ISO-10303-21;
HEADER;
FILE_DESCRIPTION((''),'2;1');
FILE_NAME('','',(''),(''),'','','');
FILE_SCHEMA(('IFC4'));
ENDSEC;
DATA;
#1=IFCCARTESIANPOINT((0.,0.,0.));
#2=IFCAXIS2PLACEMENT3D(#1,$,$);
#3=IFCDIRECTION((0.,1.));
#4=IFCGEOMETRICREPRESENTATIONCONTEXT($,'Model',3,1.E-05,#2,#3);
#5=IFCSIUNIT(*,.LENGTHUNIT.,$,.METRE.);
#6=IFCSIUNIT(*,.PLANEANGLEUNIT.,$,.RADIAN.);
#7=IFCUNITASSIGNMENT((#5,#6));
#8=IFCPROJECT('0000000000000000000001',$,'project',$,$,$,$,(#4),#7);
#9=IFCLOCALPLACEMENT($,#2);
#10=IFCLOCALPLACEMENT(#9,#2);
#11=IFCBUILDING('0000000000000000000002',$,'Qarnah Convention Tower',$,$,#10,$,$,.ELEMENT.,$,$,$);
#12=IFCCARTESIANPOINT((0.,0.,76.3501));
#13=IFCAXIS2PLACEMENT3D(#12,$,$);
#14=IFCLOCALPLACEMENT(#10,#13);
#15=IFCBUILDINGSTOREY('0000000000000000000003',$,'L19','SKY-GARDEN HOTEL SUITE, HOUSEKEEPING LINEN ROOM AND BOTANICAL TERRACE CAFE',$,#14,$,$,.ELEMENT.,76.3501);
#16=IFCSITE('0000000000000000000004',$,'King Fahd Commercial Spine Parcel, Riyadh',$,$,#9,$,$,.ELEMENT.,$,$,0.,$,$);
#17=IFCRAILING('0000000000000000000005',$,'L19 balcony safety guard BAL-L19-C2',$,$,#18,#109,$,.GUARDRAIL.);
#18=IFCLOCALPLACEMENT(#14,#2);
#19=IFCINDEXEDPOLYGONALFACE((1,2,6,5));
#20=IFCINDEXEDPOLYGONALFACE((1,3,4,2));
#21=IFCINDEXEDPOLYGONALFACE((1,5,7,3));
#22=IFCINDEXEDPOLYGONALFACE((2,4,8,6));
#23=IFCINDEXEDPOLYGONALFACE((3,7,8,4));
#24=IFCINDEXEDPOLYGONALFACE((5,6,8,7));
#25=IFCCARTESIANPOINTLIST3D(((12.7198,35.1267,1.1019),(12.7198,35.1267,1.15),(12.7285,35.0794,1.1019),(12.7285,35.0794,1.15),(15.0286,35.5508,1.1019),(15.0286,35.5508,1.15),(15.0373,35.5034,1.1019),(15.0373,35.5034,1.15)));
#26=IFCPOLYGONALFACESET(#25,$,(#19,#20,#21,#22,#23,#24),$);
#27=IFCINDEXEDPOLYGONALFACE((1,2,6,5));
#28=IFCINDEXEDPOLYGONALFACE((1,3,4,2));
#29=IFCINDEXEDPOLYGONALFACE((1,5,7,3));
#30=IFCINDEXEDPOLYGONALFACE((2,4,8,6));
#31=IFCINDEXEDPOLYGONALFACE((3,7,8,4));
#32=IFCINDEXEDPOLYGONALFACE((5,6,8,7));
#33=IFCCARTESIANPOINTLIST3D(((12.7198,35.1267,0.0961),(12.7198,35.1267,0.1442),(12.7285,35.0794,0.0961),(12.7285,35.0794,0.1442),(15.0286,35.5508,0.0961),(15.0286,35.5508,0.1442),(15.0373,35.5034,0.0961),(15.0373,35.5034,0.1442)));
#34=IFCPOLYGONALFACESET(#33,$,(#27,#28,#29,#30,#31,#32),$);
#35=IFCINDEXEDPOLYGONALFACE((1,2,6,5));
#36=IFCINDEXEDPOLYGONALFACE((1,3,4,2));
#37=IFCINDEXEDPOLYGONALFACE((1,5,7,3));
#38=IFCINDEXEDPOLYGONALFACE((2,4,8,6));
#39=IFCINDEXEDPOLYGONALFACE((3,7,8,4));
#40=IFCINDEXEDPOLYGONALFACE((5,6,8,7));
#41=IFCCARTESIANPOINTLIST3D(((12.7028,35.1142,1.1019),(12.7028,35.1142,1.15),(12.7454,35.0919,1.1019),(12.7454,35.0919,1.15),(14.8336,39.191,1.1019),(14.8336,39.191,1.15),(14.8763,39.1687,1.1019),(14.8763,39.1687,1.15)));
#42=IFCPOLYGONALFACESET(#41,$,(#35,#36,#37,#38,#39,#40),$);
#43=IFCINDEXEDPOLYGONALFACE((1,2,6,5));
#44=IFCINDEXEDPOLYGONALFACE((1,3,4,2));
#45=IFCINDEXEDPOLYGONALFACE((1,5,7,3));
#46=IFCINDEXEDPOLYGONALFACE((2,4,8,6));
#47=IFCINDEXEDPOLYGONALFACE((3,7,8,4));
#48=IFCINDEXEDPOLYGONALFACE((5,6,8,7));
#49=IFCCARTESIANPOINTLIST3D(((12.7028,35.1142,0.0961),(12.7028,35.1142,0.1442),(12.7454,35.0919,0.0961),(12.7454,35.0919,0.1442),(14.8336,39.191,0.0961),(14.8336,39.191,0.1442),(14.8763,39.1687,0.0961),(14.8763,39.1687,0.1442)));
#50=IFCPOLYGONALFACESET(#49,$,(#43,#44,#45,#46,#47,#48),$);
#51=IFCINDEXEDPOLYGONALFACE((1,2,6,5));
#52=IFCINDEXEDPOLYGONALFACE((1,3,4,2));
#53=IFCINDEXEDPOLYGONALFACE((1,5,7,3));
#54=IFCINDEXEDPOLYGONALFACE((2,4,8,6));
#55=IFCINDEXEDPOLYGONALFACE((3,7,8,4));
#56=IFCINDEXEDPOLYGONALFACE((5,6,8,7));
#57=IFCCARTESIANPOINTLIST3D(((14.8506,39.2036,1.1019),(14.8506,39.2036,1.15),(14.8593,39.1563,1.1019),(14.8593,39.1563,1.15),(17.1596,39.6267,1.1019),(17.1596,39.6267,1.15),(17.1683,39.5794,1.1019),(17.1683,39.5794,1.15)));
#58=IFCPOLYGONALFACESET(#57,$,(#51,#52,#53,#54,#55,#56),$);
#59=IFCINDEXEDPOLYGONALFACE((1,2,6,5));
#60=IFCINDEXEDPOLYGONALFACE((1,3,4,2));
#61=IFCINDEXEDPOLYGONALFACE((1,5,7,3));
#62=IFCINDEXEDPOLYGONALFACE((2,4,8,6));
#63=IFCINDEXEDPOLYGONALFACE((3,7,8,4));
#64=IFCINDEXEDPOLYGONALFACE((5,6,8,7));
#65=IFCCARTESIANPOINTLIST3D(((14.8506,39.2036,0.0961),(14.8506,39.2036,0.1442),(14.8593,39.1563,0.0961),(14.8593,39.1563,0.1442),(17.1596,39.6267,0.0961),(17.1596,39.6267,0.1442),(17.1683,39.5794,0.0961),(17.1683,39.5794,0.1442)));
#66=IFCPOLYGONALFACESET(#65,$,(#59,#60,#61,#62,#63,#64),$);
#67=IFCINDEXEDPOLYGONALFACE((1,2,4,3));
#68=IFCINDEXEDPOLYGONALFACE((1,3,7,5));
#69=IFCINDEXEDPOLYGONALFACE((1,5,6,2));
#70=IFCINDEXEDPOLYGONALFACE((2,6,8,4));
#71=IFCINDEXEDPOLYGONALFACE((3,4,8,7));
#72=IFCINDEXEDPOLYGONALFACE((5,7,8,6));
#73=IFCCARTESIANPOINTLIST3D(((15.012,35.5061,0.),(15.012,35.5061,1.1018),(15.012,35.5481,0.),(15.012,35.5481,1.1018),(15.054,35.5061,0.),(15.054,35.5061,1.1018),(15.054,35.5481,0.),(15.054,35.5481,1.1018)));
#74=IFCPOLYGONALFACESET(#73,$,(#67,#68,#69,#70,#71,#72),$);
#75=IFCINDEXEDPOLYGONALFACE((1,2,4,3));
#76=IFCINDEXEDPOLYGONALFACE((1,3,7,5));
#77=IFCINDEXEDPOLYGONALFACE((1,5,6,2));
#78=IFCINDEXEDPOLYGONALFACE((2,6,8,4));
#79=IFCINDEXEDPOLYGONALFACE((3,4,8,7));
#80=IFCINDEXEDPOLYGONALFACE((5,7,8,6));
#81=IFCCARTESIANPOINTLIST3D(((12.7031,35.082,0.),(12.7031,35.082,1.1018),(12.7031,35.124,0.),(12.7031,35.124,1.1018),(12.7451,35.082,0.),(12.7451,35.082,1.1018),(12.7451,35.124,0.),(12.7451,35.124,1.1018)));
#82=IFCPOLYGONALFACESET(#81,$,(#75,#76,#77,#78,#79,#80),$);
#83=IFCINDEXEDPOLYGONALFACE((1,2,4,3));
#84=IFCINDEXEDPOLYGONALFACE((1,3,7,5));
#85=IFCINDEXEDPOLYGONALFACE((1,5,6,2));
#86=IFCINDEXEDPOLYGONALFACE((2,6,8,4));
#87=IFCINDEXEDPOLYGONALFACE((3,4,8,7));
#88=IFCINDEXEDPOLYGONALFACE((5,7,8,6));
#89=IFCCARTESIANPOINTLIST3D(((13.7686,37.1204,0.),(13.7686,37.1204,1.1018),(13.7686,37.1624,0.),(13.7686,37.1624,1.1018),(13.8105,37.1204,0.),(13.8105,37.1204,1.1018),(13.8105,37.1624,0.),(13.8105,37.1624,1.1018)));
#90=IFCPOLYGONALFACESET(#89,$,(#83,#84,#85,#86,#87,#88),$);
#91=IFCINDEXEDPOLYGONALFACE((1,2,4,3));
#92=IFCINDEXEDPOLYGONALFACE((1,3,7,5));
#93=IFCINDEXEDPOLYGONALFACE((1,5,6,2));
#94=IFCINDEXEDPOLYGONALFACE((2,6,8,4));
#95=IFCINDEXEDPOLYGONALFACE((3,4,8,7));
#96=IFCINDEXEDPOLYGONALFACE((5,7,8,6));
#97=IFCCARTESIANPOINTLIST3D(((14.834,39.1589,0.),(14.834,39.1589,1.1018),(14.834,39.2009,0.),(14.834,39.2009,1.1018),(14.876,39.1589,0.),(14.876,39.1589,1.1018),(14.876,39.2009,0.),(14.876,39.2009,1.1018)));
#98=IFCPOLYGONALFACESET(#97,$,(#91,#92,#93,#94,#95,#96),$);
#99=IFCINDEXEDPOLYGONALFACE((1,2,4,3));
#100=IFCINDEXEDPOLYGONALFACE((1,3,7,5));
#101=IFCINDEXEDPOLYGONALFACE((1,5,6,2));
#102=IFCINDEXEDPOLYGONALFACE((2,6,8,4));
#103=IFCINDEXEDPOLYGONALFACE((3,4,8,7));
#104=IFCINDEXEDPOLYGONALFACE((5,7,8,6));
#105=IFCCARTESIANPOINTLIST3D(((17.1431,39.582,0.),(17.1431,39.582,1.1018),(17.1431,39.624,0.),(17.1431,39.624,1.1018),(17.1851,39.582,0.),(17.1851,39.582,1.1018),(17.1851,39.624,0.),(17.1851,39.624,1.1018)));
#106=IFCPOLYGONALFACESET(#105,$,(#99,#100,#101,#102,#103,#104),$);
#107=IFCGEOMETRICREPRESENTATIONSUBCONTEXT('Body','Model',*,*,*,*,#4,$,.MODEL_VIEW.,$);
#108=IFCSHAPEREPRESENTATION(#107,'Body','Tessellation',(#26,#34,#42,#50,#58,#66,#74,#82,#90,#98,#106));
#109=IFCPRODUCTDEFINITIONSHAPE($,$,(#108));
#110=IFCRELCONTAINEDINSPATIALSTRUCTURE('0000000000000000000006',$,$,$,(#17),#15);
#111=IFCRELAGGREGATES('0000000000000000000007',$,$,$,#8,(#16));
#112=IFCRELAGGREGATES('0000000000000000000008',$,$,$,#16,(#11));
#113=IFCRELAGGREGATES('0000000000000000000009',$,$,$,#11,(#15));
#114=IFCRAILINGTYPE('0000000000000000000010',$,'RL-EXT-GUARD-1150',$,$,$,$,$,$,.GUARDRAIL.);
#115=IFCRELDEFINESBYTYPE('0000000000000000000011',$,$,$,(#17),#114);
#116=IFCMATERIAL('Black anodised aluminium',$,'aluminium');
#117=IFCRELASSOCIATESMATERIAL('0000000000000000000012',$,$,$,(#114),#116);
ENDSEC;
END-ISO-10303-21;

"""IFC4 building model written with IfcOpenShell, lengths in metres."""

from ifc_helpers import new_model, si_unit, direction, frame, origin, origin_2d, place, context, subcontext, project, spatial, rectangle, extrude, material, type_object, element, save


model = new_model("IFC4")

# Units and contexts
model_context = context("Model", 3, precision=1e-05, world=origin(), true_north=direction((0.0, 1.0)))
body_context = subcontext(model_context, "Body", "Model", "MODEL_VIEW")
ifc_project = project(units=[si_unit("LENGTHUNIT", "METRE"), si_unit("PLANEANGLEUNIT", "RADIAN")], contexts=[model_context])

# Site, building, storey
site_placement = place(None, origin())
site = spatial("IfcSite", under=ifc_project, at=site_placement, Name="King Fahd Commercial Spine Parcel, Riyadh", CompositionType="ELEMENT", RefElevation=0.0)
building_placement = place(site_placement, origin())
building = spatial("IfcBuilding", under=site, at=building_placement, Name="Qarnah Convention Tower", CompositionType="ELEMENT")
storey_placement = place(building_placement, frame((0.0, 0.0, 76.3501)))
storey = spatial("IfcBuildingStorey", under=building, at=storey_placement, Name="L19", Description="SKY-GARDEN HOTEL SUITE, HOUSEKEEPING LINEN ROOM AND BOTANICAL TERRACE CAFE", CompositionType="ELEMENT", Elevation=76.3501)

# Shared definitions
ifc_material_1 = material(Name="Black anodised aluminium", Category="aluminium")

# Railing
railing_type = type_object("IfcRailingType", Name="RL-EXT-GUARD-1150", PredefinedType="GUARDRAIL", material=ifc_material_1)
railing_1_placement = place(storey_placement, frame((15.033, 35.5271, 0.0)))
element("IfcRailing", 1, at=railing_1_placement, inside=storey, type_object=railing_type, Name="L19 balcony safety guard BAL-L19-C2", PredefinedType="GUARDRAIL", context=body_context, shape_type="SweptSolid", body=[
    extrude(rectangle(XDim=0.0481, YDim=0.0481, at=origin_2d()), frame((0.0, 0.0, 1.126), z_axis=(-0.983547, -0.180652, 0.0), x_axis=(0.180652, -0.983547, 0.0)), (0.0, 0.0, 1.0), 2.3474),
    extrude(rectangle(XDim=0.0481, YDim=0.0481, at=origin_2d()), frame((0.0, 0.0, 0.1201), z_axis=(-0.983547, -0.180652, 0.0), x_axis=(0.180652, -0.983547, 0.0)), (0.0, 0.0, 1.0), 2.3474),
    extrude(rectangle(XDim=0.0481, YDim=0.0481, at=origin_2d()), frame((-2.3088, -0.4241, 1.126), z_axis=(0.463212, 0.886248, 0.0), x_axis=(-0.886248, 0.463212, 0.0)), (0.0, 0.0, 1.0), 4.6001),
    extrude(rectangle(XDim=0.0481, YDim=0.0481, at=origin_2d()), frame((-2.3088, -0.4241, 0.1201), z_axis=(0.463212, 0.886248, 0.0), x_axis=(-0.886248, 0.463212, 0.0)), (0.0, 0.0, 1.0), 4.6001),
    extrude(rectangle(XDim=0.0481, YDim=0.0481, at=origin_2d()), frame((-0.178, 3.6528, 1.126), z_axis=(0.983624, 0.180231, 0.0), x_axis=(-0.180231, 0.983624, 0.0)), (0.0, 0.0, 1.0), 2.3474),
    extrude(rectangle(XDim=0.0481, YDim=0.0481, at=origin_2d()), frame((-0.178, 3.6528, 0.1201), z_axis=(0.983624, 0.180231, 0.0), x_axis=(-0.180231, 0.983624, 0.0)), (0.0, 0.0, 1.0), 2.3474),
    extrude(rectangle(XDim=0.042, YDim=0.042, at=origin_2d()), origin(), (0.0, 0.0, 1.0), 1.1018),
    extrude(rectangle(XDim=0.042, YDim=0.042, at=origin_2d()), frame((-2.3088, -0.4241, 0.0)), (0.0, 0.0, 1.0), 1.1018),
    extrude(rectangle(XDim=0.042, YDim=0.042, at=origin_2d()), frame((-1.2434, 1.6143, 0.0)), (0.0, 0.0, 1.0), 1.1018),
    extrude(rectangle(XDim=0.042, YDim=0.042, at=origin_2d()), frame((-0.178, 3.6528, 0.0)), (0.0, 0.0, 1.0), 1.1018),
    extrude(rectangle(XDim=0.042, YDim=0.042, at=origin_2d()), frame((2.1311, 4.0759, 0.0)), (0.0, 0.0, 1.0), 1.1018),
])

save(model, "model.ifc")
